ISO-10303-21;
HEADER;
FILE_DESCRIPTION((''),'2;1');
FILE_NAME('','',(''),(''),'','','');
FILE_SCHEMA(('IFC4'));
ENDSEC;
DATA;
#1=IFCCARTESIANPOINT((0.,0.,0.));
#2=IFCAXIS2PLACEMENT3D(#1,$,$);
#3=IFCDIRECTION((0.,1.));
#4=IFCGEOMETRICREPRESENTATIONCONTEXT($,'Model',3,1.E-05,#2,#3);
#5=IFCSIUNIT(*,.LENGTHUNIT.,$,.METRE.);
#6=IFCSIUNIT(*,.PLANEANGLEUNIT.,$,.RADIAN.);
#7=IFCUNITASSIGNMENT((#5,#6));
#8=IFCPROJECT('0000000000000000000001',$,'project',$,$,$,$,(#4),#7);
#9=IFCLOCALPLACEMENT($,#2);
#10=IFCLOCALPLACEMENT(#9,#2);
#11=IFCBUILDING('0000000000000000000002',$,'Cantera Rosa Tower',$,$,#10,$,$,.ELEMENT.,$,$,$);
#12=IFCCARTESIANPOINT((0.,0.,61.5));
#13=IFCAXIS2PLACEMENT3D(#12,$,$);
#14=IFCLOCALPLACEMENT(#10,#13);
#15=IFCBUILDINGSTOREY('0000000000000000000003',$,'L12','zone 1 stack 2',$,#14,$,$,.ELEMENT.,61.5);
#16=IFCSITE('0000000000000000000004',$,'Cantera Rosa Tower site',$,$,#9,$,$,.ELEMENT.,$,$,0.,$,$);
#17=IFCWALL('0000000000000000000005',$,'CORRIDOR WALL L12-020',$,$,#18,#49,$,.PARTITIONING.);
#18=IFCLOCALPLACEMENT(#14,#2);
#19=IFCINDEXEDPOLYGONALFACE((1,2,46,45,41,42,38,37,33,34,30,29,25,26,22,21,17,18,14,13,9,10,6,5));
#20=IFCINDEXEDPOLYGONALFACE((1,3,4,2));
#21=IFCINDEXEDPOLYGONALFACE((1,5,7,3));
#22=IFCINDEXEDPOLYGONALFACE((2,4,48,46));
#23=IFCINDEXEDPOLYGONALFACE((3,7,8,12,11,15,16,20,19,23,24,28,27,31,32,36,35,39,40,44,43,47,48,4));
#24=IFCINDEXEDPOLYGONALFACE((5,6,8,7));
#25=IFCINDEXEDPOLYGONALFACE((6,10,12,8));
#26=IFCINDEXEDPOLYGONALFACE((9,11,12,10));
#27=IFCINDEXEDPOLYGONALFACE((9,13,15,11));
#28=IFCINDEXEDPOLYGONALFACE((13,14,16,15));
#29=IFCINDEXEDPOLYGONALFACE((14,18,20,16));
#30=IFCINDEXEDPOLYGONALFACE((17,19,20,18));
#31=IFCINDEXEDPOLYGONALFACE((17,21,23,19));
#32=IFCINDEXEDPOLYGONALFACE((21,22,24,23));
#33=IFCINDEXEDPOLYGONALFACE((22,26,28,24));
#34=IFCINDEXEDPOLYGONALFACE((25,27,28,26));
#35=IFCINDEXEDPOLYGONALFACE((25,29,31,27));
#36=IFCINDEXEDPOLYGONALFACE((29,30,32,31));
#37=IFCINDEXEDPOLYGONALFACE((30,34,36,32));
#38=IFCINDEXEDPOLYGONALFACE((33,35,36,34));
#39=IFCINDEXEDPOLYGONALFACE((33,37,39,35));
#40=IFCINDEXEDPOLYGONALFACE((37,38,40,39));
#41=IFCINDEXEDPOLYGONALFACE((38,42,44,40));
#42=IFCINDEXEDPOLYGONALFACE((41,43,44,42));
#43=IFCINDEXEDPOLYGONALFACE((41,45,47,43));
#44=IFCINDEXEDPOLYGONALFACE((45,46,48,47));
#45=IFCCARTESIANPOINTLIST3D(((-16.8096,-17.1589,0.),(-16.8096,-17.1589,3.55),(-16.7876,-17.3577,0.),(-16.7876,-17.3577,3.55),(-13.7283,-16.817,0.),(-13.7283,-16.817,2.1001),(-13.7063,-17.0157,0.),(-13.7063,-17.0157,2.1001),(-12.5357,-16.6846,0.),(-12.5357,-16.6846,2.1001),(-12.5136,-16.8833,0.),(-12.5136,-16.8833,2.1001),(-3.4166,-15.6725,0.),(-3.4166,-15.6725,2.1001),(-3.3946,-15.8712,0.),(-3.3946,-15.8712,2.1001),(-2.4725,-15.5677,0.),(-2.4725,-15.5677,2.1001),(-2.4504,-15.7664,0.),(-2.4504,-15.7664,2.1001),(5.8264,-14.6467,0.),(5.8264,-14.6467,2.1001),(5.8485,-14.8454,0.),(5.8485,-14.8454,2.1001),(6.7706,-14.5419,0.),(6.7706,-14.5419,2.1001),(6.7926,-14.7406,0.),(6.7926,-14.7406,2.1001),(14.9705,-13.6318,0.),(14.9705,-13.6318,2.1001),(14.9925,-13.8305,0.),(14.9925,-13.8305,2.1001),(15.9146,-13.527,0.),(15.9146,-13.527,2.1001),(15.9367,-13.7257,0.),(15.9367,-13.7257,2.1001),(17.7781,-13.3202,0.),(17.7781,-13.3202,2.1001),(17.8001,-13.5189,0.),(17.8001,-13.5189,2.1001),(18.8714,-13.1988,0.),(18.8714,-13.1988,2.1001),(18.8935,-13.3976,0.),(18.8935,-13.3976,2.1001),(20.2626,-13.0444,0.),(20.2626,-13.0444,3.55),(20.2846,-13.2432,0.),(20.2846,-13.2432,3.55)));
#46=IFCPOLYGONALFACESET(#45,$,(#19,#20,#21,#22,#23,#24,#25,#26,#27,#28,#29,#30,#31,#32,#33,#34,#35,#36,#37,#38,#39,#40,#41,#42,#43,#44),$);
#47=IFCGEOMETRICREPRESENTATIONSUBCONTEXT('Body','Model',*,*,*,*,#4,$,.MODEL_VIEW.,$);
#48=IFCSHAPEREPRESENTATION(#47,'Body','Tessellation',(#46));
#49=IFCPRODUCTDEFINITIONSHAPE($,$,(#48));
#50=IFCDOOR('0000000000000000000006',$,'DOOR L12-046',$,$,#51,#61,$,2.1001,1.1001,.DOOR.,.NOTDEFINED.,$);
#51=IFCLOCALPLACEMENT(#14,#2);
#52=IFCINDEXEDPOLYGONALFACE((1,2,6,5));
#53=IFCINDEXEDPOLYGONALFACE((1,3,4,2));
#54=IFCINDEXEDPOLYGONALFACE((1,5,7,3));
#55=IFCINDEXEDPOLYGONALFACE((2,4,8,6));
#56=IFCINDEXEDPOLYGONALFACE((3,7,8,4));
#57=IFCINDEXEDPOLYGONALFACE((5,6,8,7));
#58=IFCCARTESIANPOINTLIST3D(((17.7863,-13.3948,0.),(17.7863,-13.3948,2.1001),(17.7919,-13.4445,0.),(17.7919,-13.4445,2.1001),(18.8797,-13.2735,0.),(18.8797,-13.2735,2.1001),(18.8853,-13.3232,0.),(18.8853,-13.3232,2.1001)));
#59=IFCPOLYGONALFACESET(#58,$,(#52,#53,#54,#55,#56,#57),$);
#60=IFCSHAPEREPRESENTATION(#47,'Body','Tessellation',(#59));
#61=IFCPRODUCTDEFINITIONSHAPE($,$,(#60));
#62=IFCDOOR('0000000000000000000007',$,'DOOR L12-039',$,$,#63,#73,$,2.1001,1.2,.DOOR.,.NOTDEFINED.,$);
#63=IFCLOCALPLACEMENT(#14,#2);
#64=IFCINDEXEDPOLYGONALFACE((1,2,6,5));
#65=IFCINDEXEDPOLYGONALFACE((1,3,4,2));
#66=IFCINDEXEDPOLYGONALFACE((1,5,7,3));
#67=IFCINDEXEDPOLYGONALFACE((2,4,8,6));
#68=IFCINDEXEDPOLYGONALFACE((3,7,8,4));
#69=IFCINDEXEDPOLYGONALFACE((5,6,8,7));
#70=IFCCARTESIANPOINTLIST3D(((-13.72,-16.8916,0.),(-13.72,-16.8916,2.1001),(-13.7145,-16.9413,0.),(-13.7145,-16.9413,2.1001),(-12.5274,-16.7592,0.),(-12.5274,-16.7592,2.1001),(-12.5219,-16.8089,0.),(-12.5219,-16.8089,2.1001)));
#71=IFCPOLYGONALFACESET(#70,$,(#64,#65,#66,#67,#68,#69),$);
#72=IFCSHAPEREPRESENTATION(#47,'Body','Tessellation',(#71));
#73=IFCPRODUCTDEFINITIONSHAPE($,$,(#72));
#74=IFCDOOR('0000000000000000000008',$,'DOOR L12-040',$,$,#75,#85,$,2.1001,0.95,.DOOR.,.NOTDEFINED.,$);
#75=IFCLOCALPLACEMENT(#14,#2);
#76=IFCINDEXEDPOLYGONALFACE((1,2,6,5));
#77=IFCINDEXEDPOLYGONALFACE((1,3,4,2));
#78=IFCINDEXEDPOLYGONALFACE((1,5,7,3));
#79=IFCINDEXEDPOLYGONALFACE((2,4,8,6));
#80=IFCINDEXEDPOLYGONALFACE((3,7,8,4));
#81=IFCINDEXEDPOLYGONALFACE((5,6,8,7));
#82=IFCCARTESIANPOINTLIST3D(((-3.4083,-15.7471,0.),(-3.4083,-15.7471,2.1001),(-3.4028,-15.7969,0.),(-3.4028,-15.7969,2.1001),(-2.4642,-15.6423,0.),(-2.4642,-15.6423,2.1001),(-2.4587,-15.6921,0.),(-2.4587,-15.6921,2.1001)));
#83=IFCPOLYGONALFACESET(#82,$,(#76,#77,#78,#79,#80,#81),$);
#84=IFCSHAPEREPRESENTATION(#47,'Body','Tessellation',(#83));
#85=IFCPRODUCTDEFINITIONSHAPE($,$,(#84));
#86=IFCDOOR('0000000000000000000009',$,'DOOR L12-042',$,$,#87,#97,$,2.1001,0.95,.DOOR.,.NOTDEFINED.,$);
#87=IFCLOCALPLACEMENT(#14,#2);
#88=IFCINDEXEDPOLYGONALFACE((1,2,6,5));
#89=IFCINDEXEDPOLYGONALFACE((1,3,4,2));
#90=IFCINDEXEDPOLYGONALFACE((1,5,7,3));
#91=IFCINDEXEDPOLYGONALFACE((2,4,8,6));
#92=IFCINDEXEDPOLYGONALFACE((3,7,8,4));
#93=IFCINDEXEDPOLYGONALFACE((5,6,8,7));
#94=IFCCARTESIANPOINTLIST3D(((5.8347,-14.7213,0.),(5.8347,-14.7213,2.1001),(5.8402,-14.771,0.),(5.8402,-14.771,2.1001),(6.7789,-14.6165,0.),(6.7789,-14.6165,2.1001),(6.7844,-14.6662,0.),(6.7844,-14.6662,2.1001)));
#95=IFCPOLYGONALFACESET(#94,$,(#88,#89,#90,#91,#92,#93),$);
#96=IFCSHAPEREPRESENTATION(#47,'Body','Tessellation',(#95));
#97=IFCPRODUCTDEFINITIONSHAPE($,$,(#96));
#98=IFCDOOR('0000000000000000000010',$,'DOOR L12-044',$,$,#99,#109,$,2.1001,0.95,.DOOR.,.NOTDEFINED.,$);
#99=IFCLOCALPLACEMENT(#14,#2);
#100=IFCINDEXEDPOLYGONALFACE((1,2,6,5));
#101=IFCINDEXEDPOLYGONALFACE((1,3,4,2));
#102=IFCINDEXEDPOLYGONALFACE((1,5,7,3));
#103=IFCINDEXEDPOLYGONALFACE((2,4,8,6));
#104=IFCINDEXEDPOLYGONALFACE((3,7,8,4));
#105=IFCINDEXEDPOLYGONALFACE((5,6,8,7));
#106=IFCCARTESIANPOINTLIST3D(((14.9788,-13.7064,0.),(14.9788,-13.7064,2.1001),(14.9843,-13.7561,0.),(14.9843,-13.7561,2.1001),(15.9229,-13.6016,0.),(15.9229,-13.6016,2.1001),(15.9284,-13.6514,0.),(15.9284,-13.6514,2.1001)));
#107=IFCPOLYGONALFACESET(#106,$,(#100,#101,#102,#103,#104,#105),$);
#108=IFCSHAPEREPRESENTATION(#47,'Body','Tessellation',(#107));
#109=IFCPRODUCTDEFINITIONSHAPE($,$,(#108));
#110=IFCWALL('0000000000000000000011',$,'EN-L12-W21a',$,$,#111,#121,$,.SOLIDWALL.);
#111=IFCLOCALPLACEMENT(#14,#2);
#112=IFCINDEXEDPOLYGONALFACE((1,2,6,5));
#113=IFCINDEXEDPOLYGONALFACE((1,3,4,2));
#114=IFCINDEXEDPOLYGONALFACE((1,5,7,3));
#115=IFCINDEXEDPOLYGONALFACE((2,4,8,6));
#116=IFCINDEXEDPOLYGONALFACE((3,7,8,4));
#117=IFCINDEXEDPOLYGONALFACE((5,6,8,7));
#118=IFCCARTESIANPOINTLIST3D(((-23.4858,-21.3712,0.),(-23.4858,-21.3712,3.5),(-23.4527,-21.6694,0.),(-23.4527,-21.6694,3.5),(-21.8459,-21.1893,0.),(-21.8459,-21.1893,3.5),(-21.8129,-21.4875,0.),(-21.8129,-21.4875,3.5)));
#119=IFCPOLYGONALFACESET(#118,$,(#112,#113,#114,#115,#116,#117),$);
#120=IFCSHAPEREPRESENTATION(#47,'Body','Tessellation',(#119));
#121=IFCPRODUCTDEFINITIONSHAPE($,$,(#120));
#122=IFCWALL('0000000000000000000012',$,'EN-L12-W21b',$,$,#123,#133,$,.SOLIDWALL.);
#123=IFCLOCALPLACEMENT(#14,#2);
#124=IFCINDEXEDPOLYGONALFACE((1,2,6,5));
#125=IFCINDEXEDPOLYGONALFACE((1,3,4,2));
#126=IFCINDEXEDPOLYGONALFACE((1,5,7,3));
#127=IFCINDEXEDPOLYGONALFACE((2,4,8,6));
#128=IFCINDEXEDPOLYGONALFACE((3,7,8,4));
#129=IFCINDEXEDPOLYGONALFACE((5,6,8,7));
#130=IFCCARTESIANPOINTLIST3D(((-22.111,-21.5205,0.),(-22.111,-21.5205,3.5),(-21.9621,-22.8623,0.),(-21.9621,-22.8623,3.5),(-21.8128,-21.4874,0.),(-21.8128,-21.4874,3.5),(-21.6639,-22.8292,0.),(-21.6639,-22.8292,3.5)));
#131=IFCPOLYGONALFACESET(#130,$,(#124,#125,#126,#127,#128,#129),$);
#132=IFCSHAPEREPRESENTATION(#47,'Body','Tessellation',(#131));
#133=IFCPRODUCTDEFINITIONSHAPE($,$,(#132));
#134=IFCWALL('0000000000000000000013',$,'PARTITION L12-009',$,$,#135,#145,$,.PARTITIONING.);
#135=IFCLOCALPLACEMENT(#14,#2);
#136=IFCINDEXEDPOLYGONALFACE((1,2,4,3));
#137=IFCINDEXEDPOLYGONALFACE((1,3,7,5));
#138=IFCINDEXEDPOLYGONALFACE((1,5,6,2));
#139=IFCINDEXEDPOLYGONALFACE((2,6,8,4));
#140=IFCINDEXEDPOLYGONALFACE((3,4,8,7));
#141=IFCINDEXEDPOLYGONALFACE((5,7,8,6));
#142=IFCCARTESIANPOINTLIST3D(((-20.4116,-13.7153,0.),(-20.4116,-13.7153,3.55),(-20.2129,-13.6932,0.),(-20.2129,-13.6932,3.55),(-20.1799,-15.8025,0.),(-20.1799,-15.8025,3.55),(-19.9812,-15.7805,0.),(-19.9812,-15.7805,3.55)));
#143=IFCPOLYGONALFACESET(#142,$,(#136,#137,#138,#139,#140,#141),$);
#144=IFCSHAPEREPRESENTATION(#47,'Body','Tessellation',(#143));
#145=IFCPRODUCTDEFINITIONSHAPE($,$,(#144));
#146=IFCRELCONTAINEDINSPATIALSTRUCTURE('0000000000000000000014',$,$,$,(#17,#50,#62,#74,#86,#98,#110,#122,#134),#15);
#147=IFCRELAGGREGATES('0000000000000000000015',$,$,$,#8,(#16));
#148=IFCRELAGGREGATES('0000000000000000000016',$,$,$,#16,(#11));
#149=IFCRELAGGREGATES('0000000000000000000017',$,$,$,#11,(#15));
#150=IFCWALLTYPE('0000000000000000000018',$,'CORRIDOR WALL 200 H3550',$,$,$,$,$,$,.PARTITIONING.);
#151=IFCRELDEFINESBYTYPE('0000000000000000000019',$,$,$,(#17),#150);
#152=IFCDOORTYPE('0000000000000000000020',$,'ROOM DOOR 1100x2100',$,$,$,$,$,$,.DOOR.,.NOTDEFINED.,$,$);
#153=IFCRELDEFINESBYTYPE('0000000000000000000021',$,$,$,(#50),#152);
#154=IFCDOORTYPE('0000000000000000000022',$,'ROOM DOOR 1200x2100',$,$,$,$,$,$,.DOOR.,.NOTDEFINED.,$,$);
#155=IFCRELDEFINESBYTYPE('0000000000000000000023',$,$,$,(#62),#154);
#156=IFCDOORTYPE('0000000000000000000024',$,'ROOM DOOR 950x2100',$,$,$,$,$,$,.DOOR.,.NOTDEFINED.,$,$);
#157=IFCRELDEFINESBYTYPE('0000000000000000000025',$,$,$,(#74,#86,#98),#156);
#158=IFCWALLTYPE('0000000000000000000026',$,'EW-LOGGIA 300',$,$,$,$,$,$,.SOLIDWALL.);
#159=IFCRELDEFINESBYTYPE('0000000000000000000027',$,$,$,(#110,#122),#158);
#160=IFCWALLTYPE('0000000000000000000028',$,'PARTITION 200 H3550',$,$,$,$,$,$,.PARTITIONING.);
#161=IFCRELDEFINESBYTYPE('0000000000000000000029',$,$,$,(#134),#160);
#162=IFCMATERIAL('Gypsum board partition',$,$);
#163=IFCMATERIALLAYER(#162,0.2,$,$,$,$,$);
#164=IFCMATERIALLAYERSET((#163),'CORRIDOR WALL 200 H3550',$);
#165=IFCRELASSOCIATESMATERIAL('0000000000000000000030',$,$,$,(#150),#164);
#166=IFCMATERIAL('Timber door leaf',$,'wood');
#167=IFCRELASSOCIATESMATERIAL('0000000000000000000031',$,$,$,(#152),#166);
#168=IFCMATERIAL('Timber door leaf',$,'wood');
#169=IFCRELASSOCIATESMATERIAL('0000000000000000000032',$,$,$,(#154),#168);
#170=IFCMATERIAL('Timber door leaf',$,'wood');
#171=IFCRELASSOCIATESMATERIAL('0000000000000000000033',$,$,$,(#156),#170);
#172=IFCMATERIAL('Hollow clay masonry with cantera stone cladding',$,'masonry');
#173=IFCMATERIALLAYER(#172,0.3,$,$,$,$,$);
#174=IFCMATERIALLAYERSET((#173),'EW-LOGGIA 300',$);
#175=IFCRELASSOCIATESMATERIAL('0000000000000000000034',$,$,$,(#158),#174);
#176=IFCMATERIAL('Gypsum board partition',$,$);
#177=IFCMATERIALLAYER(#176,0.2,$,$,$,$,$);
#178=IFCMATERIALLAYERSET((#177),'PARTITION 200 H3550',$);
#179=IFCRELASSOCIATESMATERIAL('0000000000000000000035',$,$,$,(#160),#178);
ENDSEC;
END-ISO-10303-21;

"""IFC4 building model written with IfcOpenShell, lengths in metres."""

from ifc_helpers import new_model, si_unit, direction, frame, frame_2d, origin, place, context, subcontext, project, spatial, rectangle, extrude, material, layer, layer_set, type_object, element, fill, save


model = new_model("IFC4")

# Units and contexts
model_context = context("Model", 3, precision=1e-05, world=origin(), true_north=direction((0.0, 1.0)))
body_context = subcontext(model_context, "Body", "Model", "MODEL_VIEW")
ifc_project = project(units=[si_unit("LENGTHUNIT", "METRE"), si_unit("PLANEANGLEUNIT", "RADIAN")], contexts=[model_context])

# Site, building, storey
site_placement = place(None, origin())
site = spatial("IfcSite", under=ifc_project, at=site_placement, Name="Cantera Rosa Tower site", CompositionType="ELEMENT", RefElevation=0.0)
building_placement = place(site_placement, origin())
building = spatial("IfcBuilding", under=site, at=building_placement, Name="Cantera Rosa Tower", CompositionType="ELEMENT")
storey_placement = place(building_placement, frame((0.0, 0.0, 61.5)))
storey = spatial("IfcBuildingStorey", under=building, at=storey_placement, Name="L12", Description="zone 1 stack 2", CompositionType="ELEMENT", Elevation=61.5)

# Wall, openings, doors
ifc_material_1 = material(Name="Gypsum board partition")
ifc_layer_1 = layer(ifc_material_1, 0.2)
ifc_layer_set_1 = layer_set([ifc_layer_1], Name="CORRIDOR WALL 200 H3550")
wall_type_1 = type_object("IfcWallType", Name="CORRIDOR WALL 200 H3550", PredefinedType="PARTITIONING", material=ifc_layer_set_1)
wall_1_placement = place(storey_placement, frame((-16.7986, -17.2583, 0.0), z_axis=(0.0, 0.0, 1.0), x_axis=(0.993897, 0.110309, 0.0)))
wall_1 = element("IfcWall", 1, at=wall_1_placement, inside=storey, type_object=wall_type_1, Name="CORRIDOR WALL L12-020", PredefinedType="PARTITIONING", context=body_context, shape_type="SweptSolid", body=[
    extrude(rectangle(XDim=37.2998, YDim=0.2, at=frame_2d((18.6499, 0.0))), origin(), (0.0, 0.0, 1.0), 3.55),
])
opening_1_placement = place(wall_1_placement, frame((3.1001, 0.0, 0.0)))
opening_1 = element("IfcOpeningElement", 2, at=opening_1_placement, cuts=wall_1, PredefinedType="OPENING", context=body_context, shape_type="SweptSolid", body=[
    extrude(rectangle(XDim=1.2, YDim=2.1001, at=frame_2d((0.6001, 1.05))), frame((0.0, 0.1099, 0.0), z_axis=(0.0, -1.0, 0.0), x_axis=(1.0, 0.0, 0.0)), (0.0, 0.0, 1.0), 0.22),
])
opening_2_placement = place(wall_1_placement, frame((13.4751, 0.0, 0.0)))
opening_2 = element("IfcOpeningElement", 3, at=opening_2_placement, cuts=wall_1, PredefinedType="OPENING", context=body_context, shape_type="SweptSolid", body=[
    extrude(rectangle(XDim=0.95, YDim=2.1001, at=frame_2d((0.4751, 1.05))), frame((0.0, 0.1099, 0.0), z_axis=(0.0, -1.0, 0.0), x_axis=(1.0, 0.0, 0.0)), (0.0, 0.0, 1.0), 0.22),
])
opening_3_placement = place(wall_1_placement, frame((22.7749, 0.0, 0.0)))
opening_3 = element("IfcOpeningElement", 4, at=opening_3_placement, cuts=wall_1, PredefinedType="OPENING", context=body_context, shape_type="SweptSolid", body=[
    extrude(rectangle(XDim=0.95, YDim=2.1001, at=frame_2d((0.4751, 1.05))), frame((0.0, 0.1099, 0.0), z_axis=(0.0, -1.0, 0.0), x_axis=(1.0, 0.0, 0.0)), (0.0, 0.0, 1.0), 0.22),
])
opening_4_placement = place(wall_1_placement, frame((31.9751, 0.0, 0.0)))
opening_4 = element("IfcOpeningElement", 5, at=opening_4_placement, cuts=wall_1, PredefinedType="OPENING", context=body_context, shape_type="SweptSolid", body=[
    extrude(rectangle(XDim=0.95, YDim=2.1001, at=frame_2d((0.4751, 1.05))), frame((0.0, 0.1099, 0.0), z_axis=(0.0, -1.0, 0.0), x_axis=(1.0, 0.0, 0.0)), (0.0, 0.0, 1.0), 0.22),
])
opening_5_placement = place(wall_1_placement, frame((34.8, 0.0, 0.0)))
opening_5 = element("IfcOpeningElement", 6, at=opening_5_placement, cuts=wall_1, PredefinedType="OPENING", context=body_context, shape_type="SweptSolid", body=[
    extrude(rectangle(XDim=1.1001, YDim=2.1001, at=frame_2d((0.55, 1.05))), frame((0.0, 0.1099, 0.0), z_axis=(0.0, -1.0, 0.0), x_axis=(1.0, 0.0, 0.0)), (0.0, 0.0, 1.0), 0.22),
])
ifc_material_2 = material(Name="Timber door leaf", Category="wood")
door_type_1 = type_object("IfcDoorType", Name="ROOM DOOR 1100x2100", OperationType="NOTDEFINED", PredefinedType="DOOR", material=ifc_material_2)
door_1_placement = place(opening_5_placement, origin())
door_1 = element("IfcDoor", 7, at=door_1_placement, inside=storey, type_object=door_type_1, Name="DOOR L12-046", OperationType="NOTDEFINED", OverallHeight=2.1001, OverallWidth=1.1001, PredefinedType="DOOR", context=body_context, shape_type="SweptSolid", body=[
    extrude(rectangle(XDim=1.1001, YDim=2.1001, at=frame_2d((0.55, 1.05))), frame((0.0, 0.0249, 0.0), z_axis=(0.0, -1.0, 0.0), x_axis=(1.0, 0.0, 0.0)), (0.0, 0.0, 1.0), 0.05),
])
fill(opening_5, door_1)
ifc_material_3 = material(Name="Timber door leaf", Category="wood")
door_type_2 = type_object("IfcDoorType", Name="ROOM DOOR 1200x2100", OperationType="NOTDEFINED", PredefinedType="DOOR", material=ifc_material_3)
door_2_placement = place(opening_1_placement, origin())
door_2 = element("IfcDoor", 8, at=door_2_placement, inside=storey, type_object=door_type_2, Name="DOOR L12-039", OperationType="NOTDEFINED", OverallHeight=2.1001, OverallWidth=1.2, PredefinedType="DOOR", context=body_context, shape_type="SweptSolid", body=[
    extrude(rectangle(XDim=1.2, YDim=2.1001, at=frame_2d((0.6001, 1.05))), frame((0.0, 0.0249, 0.0), z_axis=(0.0, -1.0, 0.0), x_axis=(1.0, 0.0, 0.0)), (0.0, 0.0, 1.0), 0.05),
])
fill(opening_1, door_2)
ifc_material_4 = material(Name="Timber door leaf", Category="wood")
door_type_3 = type_object("IfcDoorType", Name="ROOM DOOR 950x2100", OperationType="NOTDEFINED", PredefinedType="DOOR", material=ifc_material_4)
door_3_placement = place(opening_2_placement, origin())
door_3 = element("IfcDoor", 9, at=door_3_placement, inside=storey, type_object=door_type_3, Name="DOOR L12-040", OperationType="NOTDEFINED", OverallHeight=2.1001, OverallWidth=0.95, PredefinedType="DOOR", context=body_context, shape_type="SweptSolid", body=[
    extrude(rectangle(XDim=0.95, YDim=2.1001, at=frame_2d((0.4751, 1.05))), frame((0.0, 0.0249, 0.0), z_axis=(0.0, -1.0, 0.0), x_axis=(1.0, 0.0, 0.0)), (0.0, 0.0, 1.0), 0.05),
])
fill(opening_2, door_3)
door_4_placement = place(opening_3_placement, origin())
door_4 = element("IfcDoor", 10, at=door_4_placement, inside=storey, type_object=door_type_3, Name="DOOR L12-042", OperationType="NOTDEFINED", OverallHeight=2.1001, OverallWidth=0.95, PredefinedType="DOOR", context=body_context, shape_type="SweptSolid", body=[
    extrude(rectangle(XDim=0.95, YDim=2.1001, at=frame_2d((0.4751, 1.05))), frame((0.0, 0.0249, 0.0), z_axis=(0.0, -1.0, 0.0), x_axis=(1.0, 0.0, 0.0)), (0.0, 0.0, 1.0), 0.05),
])
fill(opening_3, door_4)
door_5_placement = place(opening_4_placement, origin())
door_5 = element("IfcDoor", 11, at=door_5_placement, inside=storey, type_object=door_type_3, Name="DOOR L12-044", OperationType="NOTDEFINED", OverallHeight=2.1001, OverallWidth=0.95, PredefinedType="DOOR", context=body_context, shape_type="SweptSolid", body=[
    extrude(rectangle(XDim=0.95, YDim=2.1001, at=frame_2d((0.4751, 1.05))), frame((0.0, 0.0249, 0.0), z_axis=(0.0, -1.0, 0.0), x_axis=(1.0, 0.0, 0.0)), (0.0, 0.0, 1.0), 0.05),
])
fill(opening_4, door_5)

# Walls
ifc_material_5 = material(Name="Hollow clay masonry with cantera stone cladding", Category="masonry")
ifc_layer_2 = layer(ifc_material_5, 0.3)
ifc_layer_set_2 = layer_set([ifc_layer_2], Name="EW-LOGGIA 300")
wall_type_2 = type_object("IfcWallType", Name="EW-LOGGIA 300", PredefinedType="SOLIDWALL", material=ifc_layer_set_2)
wall_2_placement = place(storey_placement, frame((-23.4692, -21.5203, 0.0), z_axis=(0.0, 0.0, 1.0), x_axis=(0.993905, 0.110237, 0.0)))
element("IfcWall", 12, at=wall_2_placement, inside=storey, type_object=wall_type_2, Name="EN-L12-W21a", PredefinedType="SOLIDWALL", context=body_context, shape_type="SweptSolid", body=[
    extrude(rectangle(XDim=1.6499, YDim=0.3, at=frame_2d((0.825, 0.0))), origin(), (0.0, 0.0, 1.0), 3.5),
])
wall_3_placement = place(storey_placement, frame((-21.9619, -21.5039, 0.0), z_axis=(0.0, 0.0, 1.0), x_axis=(0.110312, -0.993897, 0.0)))
element("IfcWall", 13, at=wall_3_placement, inside=storey, type_object=wall_type_2, Name="EN-L12-W21b", PredefinedType="SOLIDWALL", context=body_context, shape_type="SweptSolid", body=[
    extrude(rectangle(XDim=1.3501, YDim=0.3, at=frame_2d((0.675, 0.0))), origin(), (0.0, 0.0, 1.0), 3.5),
])

# Wall
ifc_material_6 = material(Name="Gypsum board partition")
ifc_layer_3 = layer(ifc_material_6, 0.2)
ifc_layer_set_3 = layer_set([ifc_layer_3], Name="PARTITION 200 H3550")
wall_type_3 = type_object("IfcWallType", Name="PARTITION 200 H3550", PredefinedType="PARTITIONING", material=ifc_layer_set_3)
wall_4_placement = place(storey_placement, frame((-20.0806, -15.7915, 0.0), z_axis=(0.0, 0.0, 1.0), x_axis=(-0.110329, 0.993895, 0.0)))
element("IfcWall", 14, at=wall_4_placement, inside=storey, type_object=wall_type_3, Name="PARTITION L12-009", PredefinedType="PARTITIONING", context=body_context, shape_type="SweptSolid", body=[
    extrude(rectangle(XDim=2.1001, YDim=0.2, at=frame_2d((1.05, 0.0))), origin(), (0.0, 0.0, 1.0), 3.55),
])

save(model, "model.ifc")
